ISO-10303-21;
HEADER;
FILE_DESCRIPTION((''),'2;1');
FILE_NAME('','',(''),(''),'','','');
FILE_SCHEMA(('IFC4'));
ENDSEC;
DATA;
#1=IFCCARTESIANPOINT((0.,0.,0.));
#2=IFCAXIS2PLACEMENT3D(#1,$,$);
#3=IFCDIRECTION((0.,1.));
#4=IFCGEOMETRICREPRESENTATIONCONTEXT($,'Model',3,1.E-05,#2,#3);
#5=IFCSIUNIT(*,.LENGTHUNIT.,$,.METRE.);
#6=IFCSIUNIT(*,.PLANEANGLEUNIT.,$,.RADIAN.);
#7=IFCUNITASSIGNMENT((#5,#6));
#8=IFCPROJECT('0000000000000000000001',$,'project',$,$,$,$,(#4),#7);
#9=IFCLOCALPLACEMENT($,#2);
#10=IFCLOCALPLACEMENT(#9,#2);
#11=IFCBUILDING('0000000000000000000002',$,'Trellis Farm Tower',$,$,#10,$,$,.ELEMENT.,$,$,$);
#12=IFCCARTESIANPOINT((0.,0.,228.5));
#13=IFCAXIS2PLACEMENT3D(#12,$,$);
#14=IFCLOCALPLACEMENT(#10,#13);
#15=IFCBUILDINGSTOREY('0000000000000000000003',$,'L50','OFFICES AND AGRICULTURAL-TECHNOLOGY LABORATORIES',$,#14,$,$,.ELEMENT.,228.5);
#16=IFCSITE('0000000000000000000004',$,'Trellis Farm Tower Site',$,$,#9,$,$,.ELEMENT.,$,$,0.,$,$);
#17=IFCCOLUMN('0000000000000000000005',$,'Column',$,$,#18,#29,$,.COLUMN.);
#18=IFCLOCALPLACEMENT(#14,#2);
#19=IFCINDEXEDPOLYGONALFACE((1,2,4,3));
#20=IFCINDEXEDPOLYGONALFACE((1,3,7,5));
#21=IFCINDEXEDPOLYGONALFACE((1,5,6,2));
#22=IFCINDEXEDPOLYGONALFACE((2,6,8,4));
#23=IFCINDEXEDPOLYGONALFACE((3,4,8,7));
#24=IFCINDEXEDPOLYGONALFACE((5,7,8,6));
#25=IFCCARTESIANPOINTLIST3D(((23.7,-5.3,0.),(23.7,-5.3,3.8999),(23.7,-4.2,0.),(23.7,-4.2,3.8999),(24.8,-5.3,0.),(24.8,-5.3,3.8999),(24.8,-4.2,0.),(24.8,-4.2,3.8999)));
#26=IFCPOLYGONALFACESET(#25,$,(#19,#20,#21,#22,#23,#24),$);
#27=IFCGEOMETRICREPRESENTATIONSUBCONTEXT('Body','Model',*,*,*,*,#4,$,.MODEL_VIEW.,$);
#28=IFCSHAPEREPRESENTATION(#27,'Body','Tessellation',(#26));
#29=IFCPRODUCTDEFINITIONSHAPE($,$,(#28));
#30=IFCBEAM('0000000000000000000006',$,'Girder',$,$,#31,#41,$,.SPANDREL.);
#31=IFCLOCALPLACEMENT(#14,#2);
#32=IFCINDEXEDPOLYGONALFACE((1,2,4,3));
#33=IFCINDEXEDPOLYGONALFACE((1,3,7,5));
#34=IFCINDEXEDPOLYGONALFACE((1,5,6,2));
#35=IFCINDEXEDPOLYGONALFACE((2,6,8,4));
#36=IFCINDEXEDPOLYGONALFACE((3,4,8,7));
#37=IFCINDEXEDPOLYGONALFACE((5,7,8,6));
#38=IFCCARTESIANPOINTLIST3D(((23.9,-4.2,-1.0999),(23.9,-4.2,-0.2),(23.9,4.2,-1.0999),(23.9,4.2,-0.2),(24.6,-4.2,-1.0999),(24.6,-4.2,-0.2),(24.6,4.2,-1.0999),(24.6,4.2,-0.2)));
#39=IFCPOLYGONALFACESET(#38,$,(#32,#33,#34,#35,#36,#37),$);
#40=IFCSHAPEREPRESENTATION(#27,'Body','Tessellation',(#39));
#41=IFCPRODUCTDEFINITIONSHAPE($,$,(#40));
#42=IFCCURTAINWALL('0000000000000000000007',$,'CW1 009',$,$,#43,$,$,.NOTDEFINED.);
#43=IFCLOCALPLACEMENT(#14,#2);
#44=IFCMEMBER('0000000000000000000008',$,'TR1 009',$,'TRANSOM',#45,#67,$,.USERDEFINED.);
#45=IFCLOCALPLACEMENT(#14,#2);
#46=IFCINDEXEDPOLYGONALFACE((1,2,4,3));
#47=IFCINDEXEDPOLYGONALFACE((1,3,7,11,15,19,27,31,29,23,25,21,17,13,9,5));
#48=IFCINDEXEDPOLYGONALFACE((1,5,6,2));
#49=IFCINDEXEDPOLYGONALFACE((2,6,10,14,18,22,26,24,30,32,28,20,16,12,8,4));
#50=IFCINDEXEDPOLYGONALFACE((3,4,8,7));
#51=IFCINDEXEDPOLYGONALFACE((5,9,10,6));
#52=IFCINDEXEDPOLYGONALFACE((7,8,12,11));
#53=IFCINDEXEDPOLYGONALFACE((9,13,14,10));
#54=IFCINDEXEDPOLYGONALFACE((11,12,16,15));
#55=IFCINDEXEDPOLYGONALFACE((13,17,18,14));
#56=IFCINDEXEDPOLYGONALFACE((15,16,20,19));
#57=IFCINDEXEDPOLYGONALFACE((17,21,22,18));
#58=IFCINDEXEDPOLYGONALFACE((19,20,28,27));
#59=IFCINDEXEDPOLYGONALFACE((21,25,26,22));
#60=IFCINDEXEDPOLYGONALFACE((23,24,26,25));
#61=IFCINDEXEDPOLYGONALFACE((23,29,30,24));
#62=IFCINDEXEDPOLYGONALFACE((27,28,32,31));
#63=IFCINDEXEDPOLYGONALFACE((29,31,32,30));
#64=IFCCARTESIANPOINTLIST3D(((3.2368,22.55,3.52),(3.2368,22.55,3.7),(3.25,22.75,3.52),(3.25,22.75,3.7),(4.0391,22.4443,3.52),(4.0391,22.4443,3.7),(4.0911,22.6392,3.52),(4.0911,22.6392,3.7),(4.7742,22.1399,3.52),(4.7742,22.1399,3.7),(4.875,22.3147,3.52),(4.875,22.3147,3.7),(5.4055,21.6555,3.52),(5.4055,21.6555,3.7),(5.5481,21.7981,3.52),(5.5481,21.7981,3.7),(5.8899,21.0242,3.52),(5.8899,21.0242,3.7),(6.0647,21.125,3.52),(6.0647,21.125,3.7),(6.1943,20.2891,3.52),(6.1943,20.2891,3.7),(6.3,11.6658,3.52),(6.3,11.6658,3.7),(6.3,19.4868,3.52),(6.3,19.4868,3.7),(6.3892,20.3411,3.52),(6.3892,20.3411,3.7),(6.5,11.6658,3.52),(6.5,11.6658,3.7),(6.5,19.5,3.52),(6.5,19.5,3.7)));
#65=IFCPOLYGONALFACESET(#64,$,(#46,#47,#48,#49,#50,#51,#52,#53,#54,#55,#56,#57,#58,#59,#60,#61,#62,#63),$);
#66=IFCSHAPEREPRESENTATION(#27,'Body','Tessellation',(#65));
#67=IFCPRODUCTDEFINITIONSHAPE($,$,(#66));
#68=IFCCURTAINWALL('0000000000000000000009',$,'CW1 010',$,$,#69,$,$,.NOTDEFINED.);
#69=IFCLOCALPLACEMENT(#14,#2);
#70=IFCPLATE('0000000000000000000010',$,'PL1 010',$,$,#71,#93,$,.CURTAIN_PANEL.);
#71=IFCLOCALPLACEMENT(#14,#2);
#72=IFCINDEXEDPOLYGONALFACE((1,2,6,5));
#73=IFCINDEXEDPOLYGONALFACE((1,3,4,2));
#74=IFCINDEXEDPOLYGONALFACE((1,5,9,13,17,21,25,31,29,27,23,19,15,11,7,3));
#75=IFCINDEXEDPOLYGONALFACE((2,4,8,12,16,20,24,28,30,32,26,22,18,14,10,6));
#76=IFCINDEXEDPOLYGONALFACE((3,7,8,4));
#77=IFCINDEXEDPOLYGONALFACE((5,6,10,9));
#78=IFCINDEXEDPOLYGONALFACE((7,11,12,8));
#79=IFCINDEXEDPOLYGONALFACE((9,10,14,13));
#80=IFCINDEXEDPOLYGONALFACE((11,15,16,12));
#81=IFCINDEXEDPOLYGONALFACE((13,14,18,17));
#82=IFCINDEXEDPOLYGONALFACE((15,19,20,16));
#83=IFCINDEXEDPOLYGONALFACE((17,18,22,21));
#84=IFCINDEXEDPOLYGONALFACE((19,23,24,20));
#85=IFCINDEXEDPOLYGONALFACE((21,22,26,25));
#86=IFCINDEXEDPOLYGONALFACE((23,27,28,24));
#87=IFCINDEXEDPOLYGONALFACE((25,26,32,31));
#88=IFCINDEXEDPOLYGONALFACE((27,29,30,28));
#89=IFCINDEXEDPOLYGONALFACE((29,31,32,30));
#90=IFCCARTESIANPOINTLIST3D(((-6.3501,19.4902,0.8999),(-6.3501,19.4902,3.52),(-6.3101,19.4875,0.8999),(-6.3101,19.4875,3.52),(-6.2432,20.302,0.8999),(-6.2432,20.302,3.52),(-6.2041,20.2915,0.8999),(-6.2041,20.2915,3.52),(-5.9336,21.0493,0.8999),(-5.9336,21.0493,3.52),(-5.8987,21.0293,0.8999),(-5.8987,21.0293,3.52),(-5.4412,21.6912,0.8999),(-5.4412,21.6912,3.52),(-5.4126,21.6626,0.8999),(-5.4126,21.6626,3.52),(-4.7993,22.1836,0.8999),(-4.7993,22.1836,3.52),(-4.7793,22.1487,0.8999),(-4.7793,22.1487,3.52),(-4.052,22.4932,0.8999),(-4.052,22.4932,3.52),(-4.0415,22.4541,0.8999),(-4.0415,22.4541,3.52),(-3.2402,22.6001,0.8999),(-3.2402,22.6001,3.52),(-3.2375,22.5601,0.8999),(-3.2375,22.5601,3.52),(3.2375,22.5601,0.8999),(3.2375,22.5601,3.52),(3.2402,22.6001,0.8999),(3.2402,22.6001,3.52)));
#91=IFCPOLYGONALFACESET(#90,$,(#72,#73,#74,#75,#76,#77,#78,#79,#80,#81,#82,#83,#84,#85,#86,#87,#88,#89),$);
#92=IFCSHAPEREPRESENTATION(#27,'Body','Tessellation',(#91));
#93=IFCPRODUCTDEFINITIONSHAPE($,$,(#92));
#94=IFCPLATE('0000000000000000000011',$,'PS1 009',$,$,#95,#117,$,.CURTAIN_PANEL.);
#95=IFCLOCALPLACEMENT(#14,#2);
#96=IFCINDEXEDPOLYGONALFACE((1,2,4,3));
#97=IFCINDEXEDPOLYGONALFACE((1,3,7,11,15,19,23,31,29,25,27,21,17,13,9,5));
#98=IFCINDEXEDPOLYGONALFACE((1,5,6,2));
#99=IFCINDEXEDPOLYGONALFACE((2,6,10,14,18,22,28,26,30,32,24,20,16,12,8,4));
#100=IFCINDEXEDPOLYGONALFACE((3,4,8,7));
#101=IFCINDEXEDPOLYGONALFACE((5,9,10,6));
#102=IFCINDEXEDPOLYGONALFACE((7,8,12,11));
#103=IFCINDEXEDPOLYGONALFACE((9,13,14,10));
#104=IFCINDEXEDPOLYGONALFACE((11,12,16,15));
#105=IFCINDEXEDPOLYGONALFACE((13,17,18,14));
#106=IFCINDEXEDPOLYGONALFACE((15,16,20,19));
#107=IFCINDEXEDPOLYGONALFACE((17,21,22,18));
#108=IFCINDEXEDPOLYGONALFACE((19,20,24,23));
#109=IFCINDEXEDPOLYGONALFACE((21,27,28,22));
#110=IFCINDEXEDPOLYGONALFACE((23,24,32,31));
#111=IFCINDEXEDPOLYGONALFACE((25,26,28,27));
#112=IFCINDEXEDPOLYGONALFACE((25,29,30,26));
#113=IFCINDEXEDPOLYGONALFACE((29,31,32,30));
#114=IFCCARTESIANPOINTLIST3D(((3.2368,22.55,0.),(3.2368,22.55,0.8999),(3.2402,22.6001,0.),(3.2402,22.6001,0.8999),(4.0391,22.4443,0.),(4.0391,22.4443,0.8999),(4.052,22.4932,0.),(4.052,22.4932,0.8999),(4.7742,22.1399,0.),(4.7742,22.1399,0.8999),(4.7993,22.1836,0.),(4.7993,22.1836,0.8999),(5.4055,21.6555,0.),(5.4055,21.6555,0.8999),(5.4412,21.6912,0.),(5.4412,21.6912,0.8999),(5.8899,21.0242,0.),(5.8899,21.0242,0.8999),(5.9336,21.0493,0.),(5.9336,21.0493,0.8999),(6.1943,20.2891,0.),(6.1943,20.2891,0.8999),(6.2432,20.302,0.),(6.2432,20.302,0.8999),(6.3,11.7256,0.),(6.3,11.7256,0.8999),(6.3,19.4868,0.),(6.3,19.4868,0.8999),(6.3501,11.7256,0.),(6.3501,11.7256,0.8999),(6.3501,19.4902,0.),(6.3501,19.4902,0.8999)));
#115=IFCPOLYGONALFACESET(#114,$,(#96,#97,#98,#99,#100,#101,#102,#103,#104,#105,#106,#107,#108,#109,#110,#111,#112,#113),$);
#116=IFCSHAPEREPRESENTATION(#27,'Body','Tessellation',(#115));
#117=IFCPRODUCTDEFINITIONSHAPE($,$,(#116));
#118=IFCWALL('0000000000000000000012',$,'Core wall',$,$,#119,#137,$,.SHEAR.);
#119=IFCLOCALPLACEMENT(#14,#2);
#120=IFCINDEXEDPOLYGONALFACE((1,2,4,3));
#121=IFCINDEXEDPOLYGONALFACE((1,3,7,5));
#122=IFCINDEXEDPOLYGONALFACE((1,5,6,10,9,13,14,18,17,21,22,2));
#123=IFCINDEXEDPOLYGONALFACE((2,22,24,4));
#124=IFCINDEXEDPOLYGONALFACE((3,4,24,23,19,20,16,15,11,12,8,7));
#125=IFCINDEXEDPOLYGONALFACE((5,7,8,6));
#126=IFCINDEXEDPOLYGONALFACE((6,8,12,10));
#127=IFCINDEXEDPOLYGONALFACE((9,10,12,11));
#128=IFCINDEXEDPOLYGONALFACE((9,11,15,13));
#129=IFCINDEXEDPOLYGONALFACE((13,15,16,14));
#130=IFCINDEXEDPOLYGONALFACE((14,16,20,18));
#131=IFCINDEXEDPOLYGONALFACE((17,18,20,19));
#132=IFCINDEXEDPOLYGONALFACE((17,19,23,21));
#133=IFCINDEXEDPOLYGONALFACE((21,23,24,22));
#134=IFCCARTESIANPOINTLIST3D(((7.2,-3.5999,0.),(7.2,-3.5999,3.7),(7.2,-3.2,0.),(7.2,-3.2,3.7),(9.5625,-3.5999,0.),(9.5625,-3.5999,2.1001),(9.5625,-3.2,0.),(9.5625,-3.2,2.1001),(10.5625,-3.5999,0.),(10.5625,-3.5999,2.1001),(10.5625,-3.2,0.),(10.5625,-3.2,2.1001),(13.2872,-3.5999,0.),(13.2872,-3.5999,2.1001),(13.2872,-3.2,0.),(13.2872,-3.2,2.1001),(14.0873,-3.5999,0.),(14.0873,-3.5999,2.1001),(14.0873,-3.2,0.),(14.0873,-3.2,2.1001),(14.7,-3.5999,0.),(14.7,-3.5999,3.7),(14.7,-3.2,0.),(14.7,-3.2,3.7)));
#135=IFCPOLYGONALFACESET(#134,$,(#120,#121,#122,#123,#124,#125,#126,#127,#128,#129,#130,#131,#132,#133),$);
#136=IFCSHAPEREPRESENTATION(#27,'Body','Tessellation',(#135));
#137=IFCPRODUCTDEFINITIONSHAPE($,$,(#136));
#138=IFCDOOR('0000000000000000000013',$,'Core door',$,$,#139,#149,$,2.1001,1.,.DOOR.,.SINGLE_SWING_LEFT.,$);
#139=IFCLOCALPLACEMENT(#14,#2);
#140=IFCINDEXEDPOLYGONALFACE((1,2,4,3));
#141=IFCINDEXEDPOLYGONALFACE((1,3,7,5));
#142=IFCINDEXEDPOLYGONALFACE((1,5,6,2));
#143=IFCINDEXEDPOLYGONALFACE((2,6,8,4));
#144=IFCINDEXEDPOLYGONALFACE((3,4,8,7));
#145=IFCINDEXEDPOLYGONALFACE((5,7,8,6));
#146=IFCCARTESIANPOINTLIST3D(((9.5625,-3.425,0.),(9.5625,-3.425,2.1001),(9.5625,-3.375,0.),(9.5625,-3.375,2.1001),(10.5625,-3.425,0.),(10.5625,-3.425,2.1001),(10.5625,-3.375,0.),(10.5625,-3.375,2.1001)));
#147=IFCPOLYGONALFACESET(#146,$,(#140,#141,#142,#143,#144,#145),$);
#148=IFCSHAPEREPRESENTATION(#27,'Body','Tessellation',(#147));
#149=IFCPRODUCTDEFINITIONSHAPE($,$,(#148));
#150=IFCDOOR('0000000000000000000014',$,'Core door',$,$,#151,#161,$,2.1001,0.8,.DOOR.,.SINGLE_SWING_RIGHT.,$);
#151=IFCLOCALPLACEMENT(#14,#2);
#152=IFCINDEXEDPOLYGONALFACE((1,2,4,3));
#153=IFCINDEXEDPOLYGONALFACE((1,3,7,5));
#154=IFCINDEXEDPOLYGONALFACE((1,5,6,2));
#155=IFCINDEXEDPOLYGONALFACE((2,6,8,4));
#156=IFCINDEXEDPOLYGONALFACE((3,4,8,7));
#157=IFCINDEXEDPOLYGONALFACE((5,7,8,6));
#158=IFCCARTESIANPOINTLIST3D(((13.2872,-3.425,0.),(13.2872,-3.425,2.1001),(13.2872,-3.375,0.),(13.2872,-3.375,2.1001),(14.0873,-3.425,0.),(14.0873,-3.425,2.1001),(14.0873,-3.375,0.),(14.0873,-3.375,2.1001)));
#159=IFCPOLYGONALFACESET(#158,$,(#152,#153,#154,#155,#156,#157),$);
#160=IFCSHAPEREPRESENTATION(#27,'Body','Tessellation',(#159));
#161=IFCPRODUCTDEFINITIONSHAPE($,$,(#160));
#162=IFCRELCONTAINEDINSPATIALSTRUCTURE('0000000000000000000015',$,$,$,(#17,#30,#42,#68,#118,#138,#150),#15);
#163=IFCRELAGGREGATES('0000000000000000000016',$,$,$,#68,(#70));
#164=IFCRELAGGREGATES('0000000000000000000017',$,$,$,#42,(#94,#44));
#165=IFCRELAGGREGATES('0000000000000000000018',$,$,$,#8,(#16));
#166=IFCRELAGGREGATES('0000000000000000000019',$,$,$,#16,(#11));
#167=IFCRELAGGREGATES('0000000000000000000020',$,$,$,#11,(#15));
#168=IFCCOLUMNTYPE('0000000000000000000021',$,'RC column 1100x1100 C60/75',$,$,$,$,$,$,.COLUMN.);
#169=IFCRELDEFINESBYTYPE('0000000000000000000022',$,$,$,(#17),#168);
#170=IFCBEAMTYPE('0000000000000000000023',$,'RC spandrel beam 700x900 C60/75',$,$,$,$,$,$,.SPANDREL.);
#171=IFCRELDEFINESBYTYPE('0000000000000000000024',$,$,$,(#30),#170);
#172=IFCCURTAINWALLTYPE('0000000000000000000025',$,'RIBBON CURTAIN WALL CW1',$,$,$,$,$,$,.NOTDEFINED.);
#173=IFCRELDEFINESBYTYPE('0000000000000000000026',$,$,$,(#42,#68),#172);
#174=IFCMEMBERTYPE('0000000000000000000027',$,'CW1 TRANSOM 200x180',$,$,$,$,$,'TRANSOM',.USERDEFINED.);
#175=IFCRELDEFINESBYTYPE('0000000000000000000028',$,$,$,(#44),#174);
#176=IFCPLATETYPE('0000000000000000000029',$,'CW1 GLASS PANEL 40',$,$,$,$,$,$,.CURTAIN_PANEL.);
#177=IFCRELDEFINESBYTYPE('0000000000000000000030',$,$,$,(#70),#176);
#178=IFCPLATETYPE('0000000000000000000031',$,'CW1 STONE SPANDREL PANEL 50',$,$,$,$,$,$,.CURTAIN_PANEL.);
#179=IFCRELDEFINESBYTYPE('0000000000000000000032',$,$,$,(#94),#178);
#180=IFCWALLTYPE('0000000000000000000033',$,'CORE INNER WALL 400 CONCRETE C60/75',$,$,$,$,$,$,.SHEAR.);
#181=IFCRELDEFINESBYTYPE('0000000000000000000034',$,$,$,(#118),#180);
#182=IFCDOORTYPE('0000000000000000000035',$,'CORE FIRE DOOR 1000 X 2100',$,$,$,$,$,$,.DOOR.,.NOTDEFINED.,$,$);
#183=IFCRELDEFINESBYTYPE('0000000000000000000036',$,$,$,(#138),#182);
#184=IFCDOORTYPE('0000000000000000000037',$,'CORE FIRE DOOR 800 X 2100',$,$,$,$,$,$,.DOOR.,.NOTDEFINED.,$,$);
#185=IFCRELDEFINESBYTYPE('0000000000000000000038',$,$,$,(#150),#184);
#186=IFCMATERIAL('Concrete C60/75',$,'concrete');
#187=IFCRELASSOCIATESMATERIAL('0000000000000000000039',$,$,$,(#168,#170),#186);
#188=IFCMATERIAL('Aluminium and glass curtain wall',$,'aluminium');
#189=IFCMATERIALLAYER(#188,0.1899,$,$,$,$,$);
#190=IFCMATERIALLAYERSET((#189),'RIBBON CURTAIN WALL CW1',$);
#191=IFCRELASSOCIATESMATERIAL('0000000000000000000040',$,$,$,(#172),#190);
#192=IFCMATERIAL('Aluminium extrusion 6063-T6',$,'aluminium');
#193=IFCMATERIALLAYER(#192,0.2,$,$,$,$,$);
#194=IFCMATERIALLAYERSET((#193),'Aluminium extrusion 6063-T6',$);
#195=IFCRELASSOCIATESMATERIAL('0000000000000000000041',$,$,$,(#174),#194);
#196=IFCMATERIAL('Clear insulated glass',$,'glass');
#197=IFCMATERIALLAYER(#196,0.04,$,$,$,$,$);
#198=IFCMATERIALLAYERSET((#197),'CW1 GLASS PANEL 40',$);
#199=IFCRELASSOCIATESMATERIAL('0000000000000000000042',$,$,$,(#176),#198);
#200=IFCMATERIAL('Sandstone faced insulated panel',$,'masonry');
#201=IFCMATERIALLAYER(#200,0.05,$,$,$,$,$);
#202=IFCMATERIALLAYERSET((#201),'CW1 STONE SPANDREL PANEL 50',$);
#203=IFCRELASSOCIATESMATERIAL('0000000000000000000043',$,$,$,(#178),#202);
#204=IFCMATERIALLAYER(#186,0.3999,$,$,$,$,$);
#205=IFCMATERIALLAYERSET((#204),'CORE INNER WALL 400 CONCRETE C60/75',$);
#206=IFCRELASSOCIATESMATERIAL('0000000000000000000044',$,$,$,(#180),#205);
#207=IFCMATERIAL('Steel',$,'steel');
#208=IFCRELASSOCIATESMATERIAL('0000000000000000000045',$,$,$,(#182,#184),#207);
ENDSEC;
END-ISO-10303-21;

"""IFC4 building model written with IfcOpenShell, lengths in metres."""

from ifc_helpers import new_model, si_unit, direction, frame, frame_2d, origin, origin_2d, place, context, subcontext, project, spatial, polyline, rectangle, outline, extrude, source, transform, mapped, material, layer, layer_set, material_profile, profile_set, type_object, element, fill, aggregate, save


model = new_model("IFC4")

# Units and contexts
model_context = context("Model", 3, precision=1e-05, world=origin(), true_north=direction((0.0, 1.0)))
body_context = subcontext(model_context, "Body", "Model", "MODEL_VIEW")
ifc_project = project(units=[si_unit("LENGTHUNIT", "METRE"), si_unit("PLANEANGLEUNIT", "RADIAN")], contexts=[model_context])

# Site, building, storey
site_placement = place(None, origin())
site = spatial("IfcSite", under=ifc_project, at=site_placement, Name="Trellis Farm Tower Site", CompositionType="ELEMENT", RefElevation=0.0)
building_placement = place(site_placement, origin())
building = spatial("IfcBuilding", under=site, at=building_placement, Name="Trellis Farm Tower", CompositionType="ELEMENT")
storey_placement = place(building_placement, frame((0.0, 0.0, 228.5)))
storey = spatial("IfcBuildingStorey", under=building, at=storey_placement, Name="L50", Description="OFFICES AND AGRICULTURAL-TECHNOLOGY LABORATORIES", CompositionType="ELEMENT", Elevation=228.5)

# Column
ifc_material_1 = material(Name="Concrete C60/75", Category="concrete")
ifc_material_profile_1 = material_profile(ifc_material_1, rectangle(XDim=1.1001, YDim=1.1001, at=origin_2d()), Name="RC column 1100x1100 C60/75")
ifc_profile_set_1 = profile_set([ifc_material_profile_1], Name="Concrete C60/75")
column_type = type_object("IfcColumnType", Name="RC column 1100x1100 C60/75", PredefinedType="COLUMN", material=ifc_profile_set_1)
shared_shape_1 = source(origin(), body_context, "Body", "SweptSolid", [
    extrude(rectangle(XDim=1.1001, YDim=1.1001, at=origin_2d()), origin(), (0.0, 0.0, 1.0), 3.8999),
])
column_placement = place(storey_placement, frame((24.25, -4.75, 0.0), z_axis=(0.0, 0.0, 1.0), x_axis=(1.0, 0.0, 0.0)))
element("IfcColumn", 1, at=column_placement, inside=storey, type_object=column_type, Name="Column", PredefinedType="COLUMN", context=body_context, shape_type="MappedRepresentation", body=[
    mapped(shared_shape_1, transform((0.0, 0.0, 0.0))),
])

# Beam
ifc_material_profile_2 = material_profile(ifc_material_1, rectangle(XDim=0.7, YDim=0.8999, at=origin_2d()), Name="RC spandrel beam 700x900 C60/75")
ifc_profile_set_2 = profile_set([ifc_material_profile_2], Name="Concrete C60/75")
beam_type = type_object("IfcBeamType", Name="RC spandrel beam 700x900 C60/75", PredefinedType="SPANDREL", material=ifc_profile_set_2)
shared_shape_2 = source(origin(), body_context, "Body", "SweptSolid", [
    extrude(rectangle(XDim=0.7, YDim=0.8999, at=origin_2d()), origin(), (0.0, 0.0, 1.0), 8.3999),
])
beam_placement = place(storey_placement, frame((24.25, -4.2, -0.6499), z_axis=(0.0, 1.0, 0.0), x_axis=(-1.0, 0.0, 0.0)))
element("IfcBeam", 2, at=beam_placement, inside=storey, type_object=beam_type, Name="Girder", PredefinedType="SPANDREL", context=body_context, shape_type="MappedRepresentation", body=[
    mapped(shared_shape_2, transform((0.0, 0.0, 0.0))),
])

# Curtain wall, member
ifc_material_2 = material(Name="Aluminium and glass curtain wall", Category="aluminium")
ifc_layer_1 = layer(ifc_material_2, 0.1899)
ifc_layer_set_1 = layer_set([ifc_layer_1], Name="RIBBON CURTAIN WALL CW1")
curtain_wall_type = type_object("IfcCurtainWallType", Name="RIBBON CURTAIN WALL CW1", PredefinedType="NOTDEFINED", material=ifc_layer_set_1)
placement = place(storey_placement, origin())
curtain_wall_1 = element("IfcCurtainWall", 3, at=placement, inside=storey, type_object=curtain_wall_type, Name="CW1 009", PredefinedType="NOTDEFINED")
ifc_material_3 = material(Name="Aluminium extrusion 6063-T6", Category="aluminium")
ifc_layer_2 = layer(ifc_material_3, 0.2)
ifc_layer_set_2 = layer_set([ifc_layer_2], Name="Aluminium extrusion 6063-T6")
member_type = type_object("IfcMemberType", Name="CW1 TRANSOM 200x180", ElementType="TRANSOM", PredefinedType="USERDEFINED", material=ifc_layer_set_2)
shared_shape_3 = source(origin(), body_context, "Body", "SweptSolid", [
    extrude(outline(polyline([(6.5, 11.6658), (6.5, 19.5), (6.3892, 20.3411), (6.0647, 21.125), (5.5481, 21.7981), (4.875, 22.3147), (4.0911, 22.6392), (3.25, 22.75), (3.2368, 22.55), (4.0391, 22.4443), (4.7742, 22.1399), (5.4055, 21.6555), (5.8899, 21.0242), (6.1943, 20.2891), (6.3, 19.4868), (6.3, 11.6658), (6.5, 11.6658)])), origin(), (0.0, 0.0, 1.0), 0.1799),
])
member_placement = place(storey_placement, frame((0.0, 0.0, 3.52)))
member = element("IfcMember", 4, at=member_placement, type_object=member_type, Name="TR1 009", ObjectType="TRANSOM", PredefinedType="USERDEFINED", context=body_context, shape_type="MappedRepresentation", body=[
    mapped(shared_shape_3, transform((0.0, 0.0, 0.0))),
])

# Curtain wall, plate
curtain_wall_2 = element("IfcCurtainWall", 5, at=placement, inside=storey, type_object=curtain_wall_type, Name="CW1 010", PredefinedType="NOTDEFINED")
ifc_material_4 = material(Name="Clear insulated glass", Category="glass")
ifc_layer_3 = layer(ifc_material_4, 0.04)
ifc_layer_set_3 = layer_set([ifc_layer_3], Name="CW1 GLASS PANEL 40")
plate_type_1 = type_object("IfcPlateType", Name="CW1 GLASS PANEL 40", PredefinedType="CURTAIN_PANEL", material=ifc_layer_set_3)
shared_shape_4 = source(origin(), body_context, "Body", "SweptSolid", [
    extrude(outline(polyline([(3.2402, 22.6001), (-3.2402, 22.6001), (-4.052, 22.4932), (-4.7993, 22.1836), (-5.4412, 21.6912), (-5.9336, 21.0493), (-6.2432, 20.302), (-6.3501, 19.4902), (-6.3101, 19.4875), (-6.2041, 20.2915), (-5.8987, 21.0293), (-5.4126, 21.6626), (-4.7793, 22.1487), (-4.0415, 22.4541), (-3.2375, 22.5601), (3.2375, 22.5601), (3.2402, 22.6001)])), origin(), (0.0, 0.0, 1.0), 2.6201),
])
plate_1_placement = place(storey_placement, frame((0.0, 0.0, 0.8999)))
plate_1 = element("IfcPlate", 6, at=plate_1_placement, type_object=plate_type_1, Name="PL1 010", PredefinedType="CURTAIN_PANEL", context=body_context, shape_type="MappedRepresentation", body=[
    mapped(shared_shape_4, transform((0.0, 0.0, 0.0))),
])
aggregate(curtain_wall_2, [plate_1])

# Plate
ifc_material_5 = material(Name="Sandstone faced insulated panel", Category="masonry")
ifc_layer_4 = layer(ifc_material_5, 0.05)
ifc_layer_set_4 = layer_set([ifc_layer_4], Name="CW1 STONE SPANDREL PANEL 50")
plate_type_2 = type_object("IfcPlateType", Name="CW1 STONE SPANDREL PANEL 50", PredefinedType="CURTAIN_PANEL", material=ifc_layer_set_4)
shared_shape_5 = source(origin(), body_context, "Body", "SweptSolid", [
    extrude(outline(polyline([(6.3501, 11.7256), (6.3501, 19.4902), (6.2432, 20.302), (5.9336, 21.0493), (5.4412, 21.6912), (4.7993, 22.1836), (4.052, 22.4932), (3.2402, 22.6001), (3.2368, 22.55), (4.0391, 22.4443), (4.7742, 22.1399), (5.4055, 21.6555), (5.8899, 21.0242), (6.1943, 20.2891), (6.3, 19.4868), (6.3, 11.7256), (6.3501, 11.7256)])), origin(), (0.0, 0.0, 1.0), 0.8999),
])
plate_2 = element("IfcPlate", 7, at=placement, type_object=plate_type_2, Name="PS1 009", PredefinedType="CURTAIN_PANEL", context=body_context, shape_type="MappedRepresentation", body=[
    mapped(shared_shape_5, transform((0.0, 0.0, 0.0))),
])
aggregate(curtain_wall_1, [plate_2, member])

# Wall, openings, doors
ifc_layer_5 = layer(ifc_material_1, 0.3999)
ifc_layer_set_5 = layer_set([ifc_layer_5], Name="CORE INNER WALL 400 CONCRETE C60/75")
wall_type_1 = type_object("IfcWallType", Name="CORE INNER WALL 400 CONCRETE C60/75", PredefinedType="SHEAR", material=ifc_layer_set_5)
shared_shape_6 = source(origin(), body_context, "Body", "SweptSolid", [
    extrude(rectangle(XDim=7.5, YDim=0.3999, at=frame_2d((3.75, 0.0))), origin(), (0.0, 0.0, 1.0), 3.7),
])
wall_1_placement = place(storey_placement, frame((7.2, -3.3999, 0.0), z_axis=(0.0, 0.0, 1.0), x_axis=(1.0, 0.0, 0.0)))
wall_1 = element("IfcWall", 8, at=wall_1_placement, inside=storey, type_object=wall_type_1, Name="Core wall", PredefinedType="SHEAR", context=body_context, shape_type="MappedRepresentation", body=[
    mapped(shared_shape_6, transform((0.0, 0.0, 0.0))),
])
shared_shape_7 = source(origin(), body_context, "Body", "SweptSolid", [
    extrude(rectangle(XDim=1.0, YDim=2.1001, at=frame_2d((0.5, 1.05))), frame((0.0, 0.21, 0.0), z_axis=(0.0, -1.0, 0.0), x_axis=(1.0, 0.0, 0.0)), (0.0, 0.0, 1.0), 0.4199),
])
opening_1_placement = place(wall_1_placement, frame((2.3625, 0.0, 0.0)))
opening_1 = element("IfcOpeningElement", 9, at=opening_1_placement, cuts=wall_1, PredefinedType="OPENING", context=body_context, shape_type="MappedRepresentation", body=[
    mapped(shared_shape_7, transform((0.0, 0.0, 0.0))),
])
shared_shape_8 = source(origin(), body_context, "Body", "SweptSolid", [
    extrude(rectangle(XDim=0.8, YDim=2.1001, at=frame_2d((0.3999, 1.05))), frame((0.0, 0.21, 0.0), z_axis=(0.0, -1.0, 0.0), x_axis=(1.0, 0.0, 0.0)), (0.0, 0.0, 1.0), 0.4199),
])
opening_2_placement = place(wall_1_placement, frame((6.0874, 0.0, 0.0)))
opening_2 = element("IfcOpeningElement", 10, at=opening_2_placement, cuts=wall_1, PredefinedType="OPENING", context=body_context, shape_type="MappedRepresentation", body=[
    mapped(shared_shape_8, transform((0.0, 0.0, 0.0))),
])
ifc_material_6 = material(Name="Steel", Category="steel")
door_type_1 = type_object("IfcDoorType", Name="CORE FIRE DOOR 1000 X 2100", OperationType="NOTDEFINED", PredefinedType="DOOR", material=ifc_material_6)
shared_shape_9 = source(origin(), body_context, "Body", "SweptSolid", [
    extrude(rectangle(XDim=1.0, YDim=2.1001, at=frame_2d((0.5, 1.05))), frame((0.0, 0.0249, 0.0), z_axis=(0.0, -1.0, 0.0), x_axis=(1.0, 0.0, 0.0)), (0.0, 0.0, 1.0), 0.05),
])
door_1_placement = place(opening_1_placement, origin())
door_1 = element("IfcDoor", 11, at=door_1_placement, inside=storey, type_object=door_type_1, Name="Core door", OperationType="SINGLE_SWING_LEFT", OverallHeight=2.1001, OverallWidth=1.0, PredefinedType="DOOR", context=body_context, shape_type="MappedRepresentation", body=[
    mapped(shared_shape_9, transform((0.0, 0.0, 0.0))),
])
fill(opening_1, door_1)
door_type_2 = type_object("IfcDoorType", Name="CORE FIRE DOOR 800 X 2100", OperationType="NOTDEFINED", PredefinedType="DOOR", material=ifc_material_6)
shared_shape_10 = source(origin(), body_context, "Body", "SweptSolid", [
    extrude(rectangle(XDim=0.8, YDim=2.1001, at=frame_2d((0.3999, 1.05))), frame((0.0, 0.0249, 0.0), z_axis=(0.0, -1.0, 0.0), x_axis=(1.0, 0.0, 0.0)), (0.0, 0.0, 1.0), 0.05),
])
door_2_placement = place(opening_2_placement, origin())
door_2 = element("IfcDoor", 12, at=door_2_placement, inside=storey, type_object=door_type_2, Name="Core door", OperationType="SINGLE_SWING_RIGHT", OverallHeight=2.1001, OverallWidth=0.8, PredefinedType="DOOR", context=body_context, shape_type="MappedRepresentation", body=[
    mapped(shared_shape_10, transform((0.0, 0.0, 0.0))),
])
fill(opening_2, door_2)

save(model, "model.ifc")
